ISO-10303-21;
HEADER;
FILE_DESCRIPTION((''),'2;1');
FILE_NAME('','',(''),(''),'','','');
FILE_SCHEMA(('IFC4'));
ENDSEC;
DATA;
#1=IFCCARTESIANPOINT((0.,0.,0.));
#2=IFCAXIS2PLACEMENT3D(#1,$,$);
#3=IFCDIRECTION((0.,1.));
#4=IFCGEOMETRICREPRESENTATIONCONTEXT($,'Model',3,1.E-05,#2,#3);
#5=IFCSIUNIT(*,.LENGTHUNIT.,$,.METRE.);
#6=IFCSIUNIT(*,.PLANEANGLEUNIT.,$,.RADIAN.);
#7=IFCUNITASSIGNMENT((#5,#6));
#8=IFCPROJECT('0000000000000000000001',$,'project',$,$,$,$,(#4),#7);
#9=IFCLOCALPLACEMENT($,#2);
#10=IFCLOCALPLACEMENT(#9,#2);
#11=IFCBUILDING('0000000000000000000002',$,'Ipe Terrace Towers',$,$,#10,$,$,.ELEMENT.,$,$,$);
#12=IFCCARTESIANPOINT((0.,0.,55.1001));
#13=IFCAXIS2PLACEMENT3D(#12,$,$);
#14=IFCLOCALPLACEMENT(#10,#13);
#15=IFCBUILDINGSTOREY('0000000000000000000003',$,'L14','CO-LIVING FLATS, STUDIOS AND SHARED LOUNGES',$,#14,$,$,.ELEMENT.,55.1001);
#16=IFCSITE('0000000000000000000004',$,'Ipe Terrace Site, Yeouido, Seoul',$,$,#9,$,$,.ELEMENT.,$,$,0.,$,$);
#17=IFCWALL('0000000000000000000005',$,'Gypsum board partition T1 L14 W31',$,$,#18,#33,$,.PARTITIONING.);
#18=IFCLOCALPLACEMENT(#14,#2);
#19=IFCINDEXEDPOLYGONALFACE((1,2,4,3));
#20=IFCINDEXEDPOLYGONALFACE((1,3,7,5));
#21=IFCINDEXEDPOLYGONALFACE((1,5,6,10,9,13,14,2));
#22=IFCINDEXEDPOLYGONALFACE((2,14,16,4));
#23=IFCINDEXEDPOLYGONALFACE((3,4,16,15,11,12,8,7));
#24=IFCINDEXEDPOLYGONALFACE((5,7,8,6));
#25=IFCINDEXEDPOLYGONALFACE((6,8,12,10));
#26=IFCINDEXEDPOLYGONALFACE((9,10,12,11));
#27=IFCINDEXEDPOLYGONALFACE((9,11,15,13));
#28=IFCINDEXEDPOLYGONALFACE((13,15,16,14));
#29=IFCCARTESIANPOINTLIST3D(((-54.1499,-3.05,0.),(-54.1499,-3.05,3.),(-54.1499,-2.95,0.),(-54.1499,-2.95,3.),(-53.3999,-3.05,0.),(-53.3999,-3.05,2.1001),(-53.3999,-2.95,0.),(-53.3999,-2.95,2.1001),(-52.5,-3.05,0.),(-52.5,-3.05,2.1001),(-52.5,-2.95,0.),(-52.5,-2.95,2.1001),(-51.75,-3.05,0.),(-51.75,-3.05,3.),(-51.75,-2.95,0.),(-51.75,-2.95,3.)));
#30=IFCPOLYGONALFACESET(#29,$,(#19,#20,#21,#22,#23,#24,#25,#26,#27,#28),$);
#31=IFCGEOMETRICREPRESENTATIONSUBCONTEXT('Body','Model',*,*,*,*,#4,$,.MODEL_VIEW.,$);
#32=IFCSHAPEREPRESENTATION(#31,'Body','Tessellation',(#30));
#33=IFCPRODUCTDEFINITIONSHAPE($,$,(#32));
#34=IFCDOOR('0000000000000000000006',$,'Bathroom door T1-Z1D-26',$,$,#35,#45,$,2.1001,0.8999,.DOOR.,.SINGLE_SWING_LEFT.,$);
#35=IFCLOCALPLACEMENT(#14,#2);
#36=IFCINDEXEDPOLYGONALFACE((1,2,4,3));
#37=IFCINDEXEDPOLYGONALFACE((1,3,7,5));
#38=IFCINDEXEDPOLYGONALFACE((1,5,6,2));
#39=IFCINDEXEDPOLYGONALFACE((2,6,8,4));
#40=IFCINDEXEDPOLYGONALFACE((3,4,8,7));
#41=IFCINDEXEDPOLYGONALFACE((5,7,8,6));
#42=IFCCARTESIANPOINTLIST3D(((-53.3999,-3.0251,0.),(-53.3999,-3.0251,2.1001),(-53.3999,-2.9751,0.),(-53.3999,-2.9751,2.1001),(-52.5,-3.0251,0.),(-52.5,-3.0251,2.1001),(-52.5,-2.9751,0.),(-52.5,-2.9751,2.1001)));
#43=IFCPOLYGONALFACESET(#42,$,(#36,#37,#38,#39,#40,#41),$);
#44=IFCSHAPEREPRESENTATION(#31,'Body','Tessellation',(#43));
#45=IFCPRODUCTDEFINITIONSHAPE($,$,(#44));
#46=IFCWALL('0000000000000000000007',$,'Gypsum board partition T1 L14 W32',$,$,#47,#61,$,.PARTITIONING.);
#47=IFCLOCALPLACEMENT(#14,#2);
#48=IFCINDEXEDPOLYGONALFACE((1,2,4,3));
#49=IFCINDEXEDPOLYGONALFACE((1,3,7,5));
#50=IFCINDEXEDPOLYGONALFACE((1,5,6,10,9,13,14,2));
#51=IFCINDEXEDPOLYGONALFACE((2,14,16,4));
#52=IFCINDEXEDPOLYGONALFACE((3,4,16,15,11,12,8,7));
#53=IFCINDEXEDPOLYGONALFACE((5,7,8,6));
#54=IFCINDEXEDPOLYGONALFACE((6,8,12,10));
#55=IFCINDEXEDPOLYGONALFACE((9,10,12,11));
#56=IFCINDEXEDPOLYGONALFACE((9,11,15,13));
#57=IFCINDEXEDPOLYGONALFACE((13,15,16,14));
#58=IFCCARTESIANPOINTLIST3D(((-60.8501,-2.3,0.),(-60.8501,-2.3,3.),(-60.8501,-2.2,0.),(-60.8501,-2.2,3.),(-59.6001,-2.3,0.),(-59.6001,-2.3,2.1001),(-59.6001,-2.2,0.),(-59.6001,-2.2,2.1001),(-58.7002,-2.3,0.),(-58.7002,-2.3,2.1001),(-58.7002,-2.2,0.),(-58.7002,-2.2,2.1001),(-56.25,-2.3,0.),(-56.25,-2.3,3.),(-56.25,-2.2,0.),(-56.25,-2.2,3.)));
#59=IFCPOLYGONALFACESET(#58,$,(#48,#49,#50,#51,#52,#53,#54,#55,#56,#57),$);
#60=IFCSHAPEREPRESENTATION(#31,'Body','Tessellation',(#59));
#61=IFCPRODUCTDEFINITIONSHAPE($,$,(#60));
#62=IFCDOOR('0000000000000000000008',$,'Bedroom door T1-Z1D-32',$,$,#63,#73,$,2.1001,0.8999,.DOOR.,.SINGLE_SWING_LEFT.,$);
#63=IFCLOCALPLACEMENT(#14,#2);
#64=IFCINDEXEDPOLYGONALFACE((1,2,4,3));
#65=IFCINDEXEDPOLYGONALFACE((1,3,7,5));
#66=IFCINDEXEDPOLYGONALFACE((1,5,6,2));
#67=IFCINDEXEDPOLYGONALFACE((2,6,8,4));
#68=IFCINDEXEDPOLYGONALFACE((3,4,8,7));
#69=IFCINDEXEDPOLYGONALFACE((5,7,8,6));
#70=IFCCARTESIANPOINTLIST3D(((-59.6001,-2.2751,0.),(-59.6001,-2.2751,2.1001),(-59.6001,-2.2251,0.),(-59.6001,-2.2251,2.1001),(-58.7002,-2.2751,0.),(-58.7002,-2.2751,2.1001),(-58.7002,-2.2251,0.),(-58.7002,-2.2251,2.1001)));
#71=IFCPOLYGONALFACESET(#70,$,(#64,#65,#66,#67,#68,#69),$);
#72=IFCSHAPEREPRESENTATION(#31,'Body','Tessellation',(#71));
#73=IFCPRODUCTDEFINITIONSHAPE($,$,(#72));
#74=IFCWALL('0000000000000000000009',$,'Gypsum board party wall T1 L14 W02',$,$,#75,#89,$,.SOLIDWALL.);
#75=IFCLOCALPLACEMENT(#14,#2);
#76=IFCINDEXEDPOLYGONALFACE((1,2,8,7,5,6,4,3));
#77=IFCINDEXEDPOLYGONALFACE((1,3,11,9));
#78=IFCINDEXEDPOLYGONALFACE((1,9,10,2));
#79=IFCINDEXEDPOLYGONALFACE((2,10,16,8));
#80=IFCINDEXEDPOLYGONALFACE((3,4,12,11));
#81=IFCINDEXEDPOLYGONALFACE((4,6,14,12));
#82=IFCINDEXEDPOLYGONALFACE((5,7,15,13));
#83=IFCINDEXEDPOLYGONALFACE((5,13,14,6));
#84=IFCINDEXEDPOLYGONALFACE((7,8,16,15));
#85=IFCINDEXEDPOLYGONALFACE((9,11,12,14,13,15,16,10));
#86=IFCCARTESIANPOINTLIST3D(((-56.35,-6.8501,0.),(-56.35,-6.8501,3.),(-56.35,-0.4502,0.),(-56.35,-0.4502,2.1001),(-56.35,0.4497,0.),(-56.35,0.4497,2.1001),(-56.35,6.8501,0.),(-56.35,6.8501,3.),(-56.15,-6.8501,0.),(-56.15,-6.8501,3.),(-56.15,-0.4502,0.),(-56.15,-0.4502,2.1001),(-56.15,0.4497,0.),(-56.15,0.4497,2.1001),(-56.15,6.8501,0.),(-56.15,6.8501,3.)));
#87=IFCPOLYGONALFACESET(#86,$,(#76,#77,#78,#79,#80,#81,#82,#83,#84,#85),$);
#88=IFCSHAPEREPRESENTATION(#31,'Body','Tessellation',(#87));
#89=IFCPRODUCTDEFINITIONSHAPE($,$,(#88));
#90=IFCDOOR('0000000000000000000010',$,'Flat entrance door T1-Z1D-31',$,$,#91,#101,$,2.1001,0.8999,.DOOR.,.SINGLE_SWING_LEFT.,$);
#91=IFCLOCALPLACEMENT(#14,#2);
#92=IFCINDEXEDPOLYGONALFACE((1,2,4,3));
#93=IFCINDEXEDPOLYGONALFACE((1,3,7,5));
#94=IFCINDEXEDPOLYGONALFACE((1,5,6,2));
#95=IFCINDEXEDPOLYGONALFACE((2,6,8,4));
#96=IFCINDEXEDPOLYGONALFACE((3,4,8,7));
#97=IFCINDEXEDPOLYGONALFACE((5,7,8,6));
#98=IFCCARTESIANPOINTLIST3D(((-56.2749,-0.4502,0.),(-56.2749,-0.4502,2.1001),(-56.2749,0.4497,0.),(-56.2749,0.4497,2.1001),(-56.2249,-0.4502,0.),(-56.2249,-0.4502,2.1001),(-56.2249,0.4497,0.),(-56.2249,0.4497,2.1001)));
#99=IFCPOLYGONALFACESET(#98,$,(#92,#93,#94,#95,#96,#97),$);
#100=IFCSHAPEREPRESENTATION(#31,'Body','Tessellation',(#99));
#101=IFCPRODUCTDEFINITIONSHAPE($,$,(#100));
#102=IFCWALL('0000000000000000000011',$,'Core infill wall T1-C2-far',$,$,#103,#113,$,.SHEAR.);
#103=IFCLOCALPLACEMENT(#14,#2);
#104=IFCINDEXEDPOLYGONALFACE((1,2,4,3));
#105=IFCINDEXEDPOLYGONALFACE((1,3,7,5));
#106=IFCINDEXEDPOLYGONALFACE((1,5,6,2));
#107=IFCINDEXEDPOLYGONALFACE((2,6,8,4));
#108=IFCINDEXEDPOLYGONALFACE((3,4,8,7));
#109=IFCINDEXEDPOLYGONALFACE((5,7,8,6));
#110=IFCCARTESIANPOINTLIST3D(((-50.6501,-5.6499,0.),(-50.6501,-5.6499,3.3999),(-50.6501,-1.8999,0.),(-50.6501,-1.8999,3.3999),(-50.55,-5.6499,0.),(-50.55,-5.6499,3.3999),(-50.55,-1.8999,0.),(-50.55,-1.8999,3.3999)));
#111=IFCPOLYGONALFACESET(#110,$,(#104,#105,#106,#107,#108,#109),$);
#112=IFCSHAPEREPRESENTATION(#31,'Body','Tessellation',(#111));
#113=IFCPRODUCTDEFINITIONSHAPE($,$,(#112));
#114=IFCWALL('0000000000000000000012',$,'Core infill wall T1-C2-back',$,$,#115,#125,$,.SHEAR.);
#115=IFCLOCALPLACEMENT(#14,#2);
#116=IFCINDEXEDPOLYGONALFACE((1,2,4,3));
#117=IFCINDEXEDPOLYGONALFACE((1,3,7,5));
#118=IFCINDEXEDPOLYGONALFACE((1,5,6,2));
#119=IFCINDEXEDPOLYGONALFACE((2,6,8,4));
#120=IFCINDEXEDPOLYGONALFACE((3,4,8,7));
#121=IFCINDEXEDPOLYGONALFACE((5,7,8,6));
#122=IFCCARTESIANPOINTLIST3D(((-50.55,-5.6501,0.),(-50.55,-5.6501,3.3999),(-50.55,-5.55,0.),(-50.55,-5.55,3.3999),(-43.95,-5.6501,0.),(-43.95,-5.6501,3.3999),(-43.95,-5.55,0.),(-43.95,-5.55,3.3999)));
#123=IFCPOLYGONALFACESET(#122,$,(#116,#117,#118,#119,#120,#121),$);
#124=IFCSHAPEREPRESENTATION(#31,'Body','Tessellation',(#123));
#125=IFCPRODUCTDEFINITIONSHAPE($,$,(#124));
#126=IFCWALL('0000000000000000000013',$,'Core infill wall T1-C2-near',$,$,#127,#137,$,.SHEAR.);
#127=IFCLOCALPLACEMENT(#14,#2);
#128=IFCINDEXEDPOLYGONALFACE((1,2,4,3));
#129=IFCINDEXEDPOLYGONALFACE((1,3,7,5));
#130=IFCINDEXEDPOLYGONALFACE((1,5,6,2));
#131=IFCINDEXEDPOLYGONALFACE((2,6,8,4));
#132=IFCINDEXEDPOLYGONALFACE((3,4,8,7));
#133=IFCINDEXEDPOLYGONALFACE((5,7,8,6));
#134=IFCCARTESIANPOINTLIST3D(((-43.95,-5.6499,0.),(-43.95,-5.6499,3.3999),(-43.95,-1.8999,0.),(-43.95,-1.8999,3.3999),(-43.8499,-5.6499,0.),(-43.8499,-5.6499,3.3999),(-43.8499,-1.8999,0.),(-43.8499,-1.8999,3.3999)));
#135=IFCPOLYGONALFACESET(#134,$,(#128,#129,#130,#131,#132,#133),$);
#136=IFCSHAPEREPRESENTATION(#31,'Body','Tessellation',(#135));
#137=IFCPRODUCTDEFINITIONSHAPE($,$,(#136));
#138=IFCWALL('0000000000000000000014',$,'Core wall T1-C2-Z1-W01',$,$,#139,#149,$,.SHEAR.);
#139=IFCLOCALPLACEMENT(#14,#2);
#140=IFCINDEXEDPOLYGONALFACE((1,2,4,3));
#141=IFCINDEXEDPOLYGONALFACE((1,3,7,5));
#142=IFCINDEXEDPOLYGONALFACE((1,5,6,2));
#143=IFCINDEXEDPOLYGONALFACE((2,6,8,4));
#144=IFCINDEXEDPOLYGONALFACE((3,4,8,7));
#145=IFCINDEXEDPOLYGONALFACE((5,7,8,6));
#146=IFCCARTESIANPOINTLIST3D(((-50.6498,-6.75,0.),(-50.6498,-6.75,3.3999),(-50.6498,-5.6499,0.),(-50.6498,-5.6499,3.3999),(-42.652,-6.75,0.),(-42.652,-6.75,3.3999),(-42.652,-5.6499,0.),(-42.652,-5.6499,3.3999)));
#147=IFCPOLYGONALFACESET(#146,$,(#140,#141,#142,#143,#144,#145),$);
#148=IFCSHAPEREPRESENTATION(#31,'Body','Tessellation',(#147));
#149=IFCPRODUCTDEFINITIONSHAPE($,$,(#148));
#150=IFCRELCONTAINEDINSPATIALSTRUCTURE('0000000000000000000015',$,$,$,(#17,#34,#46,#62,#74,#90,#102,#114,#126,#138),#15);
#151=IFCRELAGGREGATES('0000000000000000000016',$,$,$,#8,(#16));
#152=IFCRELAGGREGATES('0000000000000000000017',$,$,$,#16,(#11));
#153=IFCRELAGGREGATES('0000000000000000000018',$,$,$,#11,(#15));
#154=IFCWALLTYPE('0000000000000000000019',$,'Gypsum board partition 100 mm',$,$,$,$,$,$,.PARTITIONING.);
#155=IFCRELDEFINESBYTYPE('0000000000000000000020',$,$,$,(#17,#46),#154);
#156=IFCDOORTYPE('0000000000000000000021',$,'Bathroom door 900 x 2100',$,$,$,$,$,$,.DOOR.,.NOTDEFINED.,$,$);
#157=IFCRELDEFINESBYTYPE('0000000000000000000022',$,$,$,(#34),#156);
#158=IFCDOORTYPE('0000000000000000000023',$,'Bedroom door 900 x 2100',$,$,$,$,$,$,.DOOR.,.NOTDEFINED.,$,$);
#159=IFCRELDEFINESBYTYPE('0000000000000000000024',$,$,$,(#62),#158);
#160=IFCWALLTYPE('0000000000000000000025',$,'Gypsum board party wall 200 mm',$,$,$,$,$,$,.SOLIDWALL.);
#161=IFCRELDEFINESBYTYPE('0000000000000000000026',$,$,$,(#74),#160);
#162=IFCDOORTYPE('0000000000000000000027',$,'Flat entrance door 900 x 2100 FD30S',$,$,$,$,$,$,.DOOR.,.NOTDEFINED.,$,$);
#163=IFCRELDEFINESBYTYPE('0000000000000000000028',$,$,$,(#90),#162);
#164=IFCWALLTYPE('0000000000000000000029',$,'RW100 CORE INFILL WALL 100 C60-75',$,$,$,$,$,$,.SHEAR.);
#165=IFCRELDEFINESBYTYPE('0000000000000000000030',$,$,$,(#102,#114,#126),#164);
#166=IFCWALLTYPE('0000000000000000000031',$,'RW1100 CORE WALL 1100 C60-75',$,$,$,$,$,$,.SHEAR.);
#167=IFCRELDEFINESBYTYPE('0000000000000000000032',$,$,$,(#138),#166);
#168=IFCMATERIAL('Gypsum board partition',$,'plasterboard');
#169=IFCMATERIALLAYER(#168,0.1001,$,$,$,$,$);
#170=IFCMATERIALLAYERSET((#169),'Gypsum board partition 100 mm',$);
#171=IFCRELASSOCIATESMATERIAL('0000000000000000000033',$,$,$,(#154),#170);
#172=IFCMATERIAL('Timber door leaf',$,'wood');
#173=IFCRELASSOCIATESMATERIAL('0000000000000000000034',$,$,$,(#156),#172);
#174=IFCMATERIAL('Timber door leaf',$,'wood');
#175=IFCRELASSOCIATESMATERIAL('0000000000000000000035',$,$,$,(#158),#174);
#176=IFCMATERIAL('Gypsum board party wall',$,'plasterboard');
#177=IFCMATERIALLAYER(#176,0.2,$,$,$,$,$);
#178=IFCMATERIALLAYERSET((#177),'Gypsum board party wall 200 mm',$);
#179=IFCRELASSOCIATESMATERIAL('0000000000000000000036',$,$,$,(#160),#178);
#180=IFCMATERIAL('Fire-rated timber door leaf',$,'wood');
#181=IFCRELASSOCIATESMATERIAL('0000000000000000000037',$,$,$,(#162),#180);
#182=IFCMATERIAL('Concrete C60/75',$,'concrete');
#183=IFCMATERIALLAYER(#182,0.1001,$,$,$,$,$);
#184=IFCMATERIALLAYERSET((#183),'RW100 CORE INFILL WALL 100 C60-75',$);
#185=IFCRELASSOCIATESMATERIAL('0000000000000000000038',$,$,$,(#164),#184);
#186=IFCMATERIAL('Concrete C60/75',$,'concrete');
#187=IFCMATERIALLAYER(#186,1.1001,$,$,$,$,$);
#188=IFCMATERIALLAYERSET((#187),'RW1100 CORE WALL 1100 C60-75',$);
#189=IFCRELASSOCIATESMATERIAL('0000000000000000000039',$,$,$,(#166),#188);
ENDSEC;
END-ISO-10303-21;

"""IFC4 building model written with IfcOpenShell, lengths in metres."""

from ifc_helpers import new_model, si_unit, direction, frame, frame_2d, origin, place, context, subcontext, project, spatial, rectangle, extrude, material, layer, layer_set, type_object, element, fill, save


model = new_model("IFC4")

# Units and contexts
model_context = context("Model", 3, precision=1e-05, world=origin(), true_north=direction((0.0, 1.0)))
body_context = subcontext(model_context, "Body", "Model", "MODEL_VIEW")
ifc_project = project(units=[si_unit("LENGTHUNIT", "METRE"), si_unit("PLANEANGLEUNIT", "RADIAN")], contexts=[model_context])

# Site, building, storey
site_placement = place(None, origin())
site = spatial("IfcSite", under=ifc_project, at=site_placement, Name="Ipe Terrace Site, Yeouido, Seoul", CompositionType="ELEMENT", RefElevation=0.0)
building_placement = place(site_placement, origin())
building = spatial("IfcBuilding", under=site, at=building_placement, Name="Ipe Terrace Towers", CompositionType="ELEMENT")
storey_placement = place(building_placement, frame((0.0, 0.0, 55.1001)))
storey = spatial("IfcBuildingStorey", under=building, at=storey_placement, Name="L14", Description="CO-LIVING FLATS, STUDIOS AND SHARED LOUNGES", CompositionType="ELEMENT", Elevation=55.1001)

# Shared definitions
ifc_material_1 = material(Name="Gypsum board partition", Category="plasterboard")
ifc_layer_1 = layer(ifc_material_1, 0.1001)
ifc_layer_set_1 = layer_set([ifc_layer_1], Name="Gypsum board partition 100 mm")
wall_type_1 = type_object("IfcWallType", Name="Gypsum board partition 100 mm", PredefinedType="PARTITIONING", material=ifc_layer_set_1)

# Walls, openings, doors
wall_1_placement = place(storey_placement, frame((-54.1499, -3.0, 0.0), z_axis=(0.0, 0.0, 1.0), x_axis=(1.0, 0.0, 0.0)))
wall_1 = element("IfcWall", 1, at=wall_1_placement, inside=storey, type_object=wall_type_1, Name="Gypsum board partition T1 L14 W31", PredefinedType="PARTITIONING", context=body_context, shape_type="SweptSolid", body=[
    extrude(rectangle(XDim=2.3999, YDim=0.1001, at=frame_2d((1.2, 0.0))), origin(), (0.0, 0.0, 1.0), 3.0),
])
opening_1_placement = place(wall_1_placement, frame((0.75, 0.0, 0.0)))
opening_1 = element("IfcOpeningElement", 2, at=opening_1_placement, cuts=wall_1, PredefinedType="OPENING", context=body_context, shape_type="SweptSolid", body=[
    extrude(rectangle(XDim=0.8999, YDim=2.1001, at=frame_2d((0.45, 1.05))), frame((0.0, 0.0601, 0.0), z_axis=(0.0, -1.0, 0.0), x_axis=(1.0, 0.0, 0.0)), (0.0, 0.0, 1.0), 0.1201),
])
ifc_material_2 = material(Name="Timber door leaf", Category="wood")
door_type_1 = type_object("IfcDoorType", Name="Bathroom door 900 x 2100", OperationType="NOTDEFINED", PredefinedType="DOOR", material=ifc_material_2)
door_1_placement = place(opening_1_placement, origin())
door_1 = element("IfcDoor", 3, at=door_1_placement, inside=storey, type_object=door_type_1, Name="Bathroom door T1-Z1D-26", OperationType="SINGLE_SWING_LEFT", OverallHeight=2.1001, OverallWidth=0.8999, PredefinedType="DOOR", context=body_context, shape_type="SweptSolid", body=[
    extrude(rectangle(XDim=0.8999, YDim=2.1001, at=frame_2d((0.45, 1.05))), frame((0.0, 0.0249, 0.0), z_axis=(0.0, -1.0, 0.0), x_axis=(1.0, 0.0, 0.0)), (0.0, 0.0, 1.0), 0.05),
])
fill(opening_1, door_1)
wall_2_placement = place(storey_placement, frame((-60.8501, -2.25, 0.0), z_axis=(0.0, 0.0, 1.0), x_axis=(1.0, 0.0, 0.0)))
wall_2 = element("IfcWall", 4, at=wall_2_placement, inside=storey, type_object=wall_type_1, Name="Gypsum board partition T1 L14 W32", PredefinedType="PARTITIONING", context=body_context, shape_type="SweptSolid", body=[
    extrude(rectangle(XDim=4.6001, YDim=0.1001, at=frame_2d((2.3, 0.0))), origin(), (0.0, 0.0, 1.0), 3.0),
])
opening_2_placement = place(wall_2_placement, frame((1.25, 0.0, 0.0)))
opening_2 = element("IfcOpeningElement", 5, at=opening_2_placement, cuts=wall_2, PredefinedType="OPENING", context=body_context, shape_type="SweptSolid", body=[
    extrude(rectangle(XDim=0.8999, YDim=2.1001, at=frame_2d((0.45, 1.05))), frame((0.0, 0.0601, 0.0), z_axis=(0.0, -1.0, 0.0), x_axis=(1.0, 0.0, 0.0)), (0.0, 0.0, 1.0), 0.1201),
])
ifc_material_3 = material(Name="Timber door leaf", Category="wood")
door_type_2 = type_object("IfcDoorType", Name="Bedroom door 900 x 2100", OperationType="NOTDEFINED", PredefinedType="DOOR", material=ifc_material_3)
door_2_placement = place(opening_2_placement, origin())
door_2 = element("IfcDoor", 6, at=door_2_placement, inside=storey, type_object=door_type_2, Name="Bedroom door T1-Z1D-32", OperationType="SINGLE_SWING_LEFT", OverallHeight=2.1001, OverallWidth=0.8999, PredefinedType="DOOR", context=body_context, shape_type="SweptSolid", body=[
    extrude(rectangle(XDim=0.8999, YDim=2.1001, at=frame_2d((0.45, 1.05))), frame((0.0, 0.0249, 0.0), z_axis=(0.0, -1.0, 0.0), x_axis=(1.0, 0.0, 0.0)), (0.0, 0.0, 1.0), 0.05),
])
fill(opening_2, door_2)
ifc_material_4 = material(Name="Gypsum board party wall", Category="plasterboard")
ifc_layer_2 = layer(ifc_material_4, 0.2)
ifc_layer_set_2 = layer_set([ifc_layer_2], Name="Gypsum board party wall 200 mm")
wall_type_2 = type_object("IfcWallType", Name="Gypsum board party wall 200 mm", PredefinedType="SOLIDWALL", material=ifc_layer_set_2)
wall_3_placement = place(storey_placement, frame((-56.25, -6.8501, 0.0), z_axis=(0.0, 0.0, 1.0), x_axis=(0.0, 1.0, 0.0)))
wall_3 = element("IfcWall", 7, at=wall_3_placement, inside=storey, type_object=wall_type_2, Name="Gypsum board party wall T1 L14 W02", PredefinedType="SOLIDWALL", context=body_context, shape_type="SweptSolid", body=[
    extrude(rectangle(XDim=13.7002, YDim=0.2, at=frame_2d((6.8501, 0.0))), origin(), (0.0, 0.0, 1.0), 3.0),
])
opening_3_placement = place(wall_3_placement, frame((6.3999, 0.0, 0.0)))
opening_3 = element("IfcOpeningElement", 8, at=opening_3_placement, cuts=wall_3, PredefinedType="OPENING", context=body_context, shape_type="SweptSolid", body=[
    extrude(rectangle(XDim=0.8999, YDim=2.1001, at=frame_2d((0.45, 1.05))), frame((0.0, 0.1099, 0.0), z_axis=(0.0, -1.0, 0.0), x_axis=(1.0, 0.0, 0.0)), (0.0, 0.0, 1.0), 0.22),
])
ifc_material_5 = material(Name="Fire-rated timber door leaf", Category="wood")
door_type_3 = type_object("IfcDoorType", Name="Flat entrance door 900 x 2100 FD30S", OperationType="NOTDEFINED", PredefinedType="DOOR", material=ifc_material_5)
door_3_placement = place(opening_3_placement, origin())
door_3 = element("IfcDoor", 9, at=door_3_placement, inside=storey, type_object=door_type_3, Name="Flat entrance door T1-Z1D-31", OperationType="SINGLE_SWING_LEFT", OverallHeight=2.1001, OverallWidth=0.8999, PredefinedType="DOOR", context=body_context, shape_type="SweptSolid", body=[
    extrude(rectangle(XDim=0.8999, YDim=2.1001, at=frame_2d((0.45, 1.05))), frame((0.0, 0.0249, 0.0), z_axis=(0.0, -1.0, 0.0), x_axis=(1.0, 0.0, 0.0)), (0.0, 0.0, 1.0), 0.05),
])
fill(opening_3, door_3)

# Walls
ifc_material_6 = material(Name="Concrete C60/75", Category="concrete")
ifc_layer_3 = layer(ifc_material_6, 0.1001)
ifc_layer_set_3 = layer_set([ifc_layer_3], Name="RW100 CORE INFILL WALL 100 C60-75")
wall_type_3 = type_object("IfcWallType", Name="RW100 CORE INFILL WALL 100 C60-75", PredefinedType="SHEAR", material=ifc_layer_set_3)
wall_4_placement = place(storey_placement, frame((-50.6001, -1.8999, 0.0), z_axis=(0.0, 0.0, 1.0), x_axis=(0.0, -1.0, 0.0)))
element("IfcWall", 10, at=wall_4_placement, inside=storey, type_object=wall_type_3, Name="Core infill wall T1-C2-far", PredefinedType="SHEAR", context=body_context, shape_type="SweptSolid", body=[
    extrude(rectangle(XDim=3.75, YDim=0.1001, at=frame_2d((1.875, 0.0))), origin(), (0.0, 0.0, 1.0), 3.3999),
])
wall_5_placement = place(storey_placement, frame((-43.95, -5.6001, 0.0), z_axis=(0.0, 0.0, 1.0), x_axis=(-1.0, 0.0, 0.0)))
element("IfcWall", 11, at=wall_5_placement, inside=storey, type_object=wall_type_3, Name="Core infill wall T1-C2-back", PredefinedType="SHEAR", context=body_context, shape_type="SweptSolid", body=[
    extrude(rectangle(XDim=6.6001, YDim=0.1001, at=frame_2d((3.3, 0.0))), origin(), (0.0, 0.0, 1.0), 3.3999),
])
wall_6_placement = place(storey_placement, frame((-43.8999, -1.8999, 0.0), z_axis=(0.0, 0.0, 1.0), x_axis=(0.0, -1.0, 0.0)))
element("IfcWall", 12, at=wall_6_placement, inside=storey, type_object=wall_type_3, Name="Core infill wall T1-C2-near", PredefinedType="SHEAR", context=body_context, shape_type="SweptSolid", body=[
    extrude(rectangle(XDim=3.75, YDim=0.1001, at=frame_2d((1.875, 0.0))), origin(), (0.0, 0.0, 1.0), 3.3999),
])
ifc_material_7 = material(Name="Concrete C60/75", Category="concrete")
ifc_layer_4 = layer(ifc_material_7, 1.1001)
ifc_layer_set_4 = layer_set([ifc_layer_4], Name="RW1100 CORE WALL 1100 C60-75")
wall_type_4 = type_object("IfcWallType", Name="RW1100 CORE WALL 1100 C60-75", PredefinedType="SHEAR", material=ifc_layer_set_4)
wall_7_placement = place(storey_placement, frame((-50.6499, -6.2, 0.0), z_axis=(0.0, 0.0, 1.0), x_axis=(1.0, 0.0, 0.0)))
element("IfcWall", 13, at=wall_7_placement, inside=storey, type_object=wall_type_4, Name="Core wall T1-C2-Z1-W01", PredefinedType="SHEAR", context=body_context, shape_type="SweptSolid", body=[
    extrude(rectangle(XDim=7.9978, YDim=1.1001, at=frame_2d((3.999, 0.0))), origin(), (0.0, 0.0, 1.0), 3.3999),
])

save(model, "model.ifc")
